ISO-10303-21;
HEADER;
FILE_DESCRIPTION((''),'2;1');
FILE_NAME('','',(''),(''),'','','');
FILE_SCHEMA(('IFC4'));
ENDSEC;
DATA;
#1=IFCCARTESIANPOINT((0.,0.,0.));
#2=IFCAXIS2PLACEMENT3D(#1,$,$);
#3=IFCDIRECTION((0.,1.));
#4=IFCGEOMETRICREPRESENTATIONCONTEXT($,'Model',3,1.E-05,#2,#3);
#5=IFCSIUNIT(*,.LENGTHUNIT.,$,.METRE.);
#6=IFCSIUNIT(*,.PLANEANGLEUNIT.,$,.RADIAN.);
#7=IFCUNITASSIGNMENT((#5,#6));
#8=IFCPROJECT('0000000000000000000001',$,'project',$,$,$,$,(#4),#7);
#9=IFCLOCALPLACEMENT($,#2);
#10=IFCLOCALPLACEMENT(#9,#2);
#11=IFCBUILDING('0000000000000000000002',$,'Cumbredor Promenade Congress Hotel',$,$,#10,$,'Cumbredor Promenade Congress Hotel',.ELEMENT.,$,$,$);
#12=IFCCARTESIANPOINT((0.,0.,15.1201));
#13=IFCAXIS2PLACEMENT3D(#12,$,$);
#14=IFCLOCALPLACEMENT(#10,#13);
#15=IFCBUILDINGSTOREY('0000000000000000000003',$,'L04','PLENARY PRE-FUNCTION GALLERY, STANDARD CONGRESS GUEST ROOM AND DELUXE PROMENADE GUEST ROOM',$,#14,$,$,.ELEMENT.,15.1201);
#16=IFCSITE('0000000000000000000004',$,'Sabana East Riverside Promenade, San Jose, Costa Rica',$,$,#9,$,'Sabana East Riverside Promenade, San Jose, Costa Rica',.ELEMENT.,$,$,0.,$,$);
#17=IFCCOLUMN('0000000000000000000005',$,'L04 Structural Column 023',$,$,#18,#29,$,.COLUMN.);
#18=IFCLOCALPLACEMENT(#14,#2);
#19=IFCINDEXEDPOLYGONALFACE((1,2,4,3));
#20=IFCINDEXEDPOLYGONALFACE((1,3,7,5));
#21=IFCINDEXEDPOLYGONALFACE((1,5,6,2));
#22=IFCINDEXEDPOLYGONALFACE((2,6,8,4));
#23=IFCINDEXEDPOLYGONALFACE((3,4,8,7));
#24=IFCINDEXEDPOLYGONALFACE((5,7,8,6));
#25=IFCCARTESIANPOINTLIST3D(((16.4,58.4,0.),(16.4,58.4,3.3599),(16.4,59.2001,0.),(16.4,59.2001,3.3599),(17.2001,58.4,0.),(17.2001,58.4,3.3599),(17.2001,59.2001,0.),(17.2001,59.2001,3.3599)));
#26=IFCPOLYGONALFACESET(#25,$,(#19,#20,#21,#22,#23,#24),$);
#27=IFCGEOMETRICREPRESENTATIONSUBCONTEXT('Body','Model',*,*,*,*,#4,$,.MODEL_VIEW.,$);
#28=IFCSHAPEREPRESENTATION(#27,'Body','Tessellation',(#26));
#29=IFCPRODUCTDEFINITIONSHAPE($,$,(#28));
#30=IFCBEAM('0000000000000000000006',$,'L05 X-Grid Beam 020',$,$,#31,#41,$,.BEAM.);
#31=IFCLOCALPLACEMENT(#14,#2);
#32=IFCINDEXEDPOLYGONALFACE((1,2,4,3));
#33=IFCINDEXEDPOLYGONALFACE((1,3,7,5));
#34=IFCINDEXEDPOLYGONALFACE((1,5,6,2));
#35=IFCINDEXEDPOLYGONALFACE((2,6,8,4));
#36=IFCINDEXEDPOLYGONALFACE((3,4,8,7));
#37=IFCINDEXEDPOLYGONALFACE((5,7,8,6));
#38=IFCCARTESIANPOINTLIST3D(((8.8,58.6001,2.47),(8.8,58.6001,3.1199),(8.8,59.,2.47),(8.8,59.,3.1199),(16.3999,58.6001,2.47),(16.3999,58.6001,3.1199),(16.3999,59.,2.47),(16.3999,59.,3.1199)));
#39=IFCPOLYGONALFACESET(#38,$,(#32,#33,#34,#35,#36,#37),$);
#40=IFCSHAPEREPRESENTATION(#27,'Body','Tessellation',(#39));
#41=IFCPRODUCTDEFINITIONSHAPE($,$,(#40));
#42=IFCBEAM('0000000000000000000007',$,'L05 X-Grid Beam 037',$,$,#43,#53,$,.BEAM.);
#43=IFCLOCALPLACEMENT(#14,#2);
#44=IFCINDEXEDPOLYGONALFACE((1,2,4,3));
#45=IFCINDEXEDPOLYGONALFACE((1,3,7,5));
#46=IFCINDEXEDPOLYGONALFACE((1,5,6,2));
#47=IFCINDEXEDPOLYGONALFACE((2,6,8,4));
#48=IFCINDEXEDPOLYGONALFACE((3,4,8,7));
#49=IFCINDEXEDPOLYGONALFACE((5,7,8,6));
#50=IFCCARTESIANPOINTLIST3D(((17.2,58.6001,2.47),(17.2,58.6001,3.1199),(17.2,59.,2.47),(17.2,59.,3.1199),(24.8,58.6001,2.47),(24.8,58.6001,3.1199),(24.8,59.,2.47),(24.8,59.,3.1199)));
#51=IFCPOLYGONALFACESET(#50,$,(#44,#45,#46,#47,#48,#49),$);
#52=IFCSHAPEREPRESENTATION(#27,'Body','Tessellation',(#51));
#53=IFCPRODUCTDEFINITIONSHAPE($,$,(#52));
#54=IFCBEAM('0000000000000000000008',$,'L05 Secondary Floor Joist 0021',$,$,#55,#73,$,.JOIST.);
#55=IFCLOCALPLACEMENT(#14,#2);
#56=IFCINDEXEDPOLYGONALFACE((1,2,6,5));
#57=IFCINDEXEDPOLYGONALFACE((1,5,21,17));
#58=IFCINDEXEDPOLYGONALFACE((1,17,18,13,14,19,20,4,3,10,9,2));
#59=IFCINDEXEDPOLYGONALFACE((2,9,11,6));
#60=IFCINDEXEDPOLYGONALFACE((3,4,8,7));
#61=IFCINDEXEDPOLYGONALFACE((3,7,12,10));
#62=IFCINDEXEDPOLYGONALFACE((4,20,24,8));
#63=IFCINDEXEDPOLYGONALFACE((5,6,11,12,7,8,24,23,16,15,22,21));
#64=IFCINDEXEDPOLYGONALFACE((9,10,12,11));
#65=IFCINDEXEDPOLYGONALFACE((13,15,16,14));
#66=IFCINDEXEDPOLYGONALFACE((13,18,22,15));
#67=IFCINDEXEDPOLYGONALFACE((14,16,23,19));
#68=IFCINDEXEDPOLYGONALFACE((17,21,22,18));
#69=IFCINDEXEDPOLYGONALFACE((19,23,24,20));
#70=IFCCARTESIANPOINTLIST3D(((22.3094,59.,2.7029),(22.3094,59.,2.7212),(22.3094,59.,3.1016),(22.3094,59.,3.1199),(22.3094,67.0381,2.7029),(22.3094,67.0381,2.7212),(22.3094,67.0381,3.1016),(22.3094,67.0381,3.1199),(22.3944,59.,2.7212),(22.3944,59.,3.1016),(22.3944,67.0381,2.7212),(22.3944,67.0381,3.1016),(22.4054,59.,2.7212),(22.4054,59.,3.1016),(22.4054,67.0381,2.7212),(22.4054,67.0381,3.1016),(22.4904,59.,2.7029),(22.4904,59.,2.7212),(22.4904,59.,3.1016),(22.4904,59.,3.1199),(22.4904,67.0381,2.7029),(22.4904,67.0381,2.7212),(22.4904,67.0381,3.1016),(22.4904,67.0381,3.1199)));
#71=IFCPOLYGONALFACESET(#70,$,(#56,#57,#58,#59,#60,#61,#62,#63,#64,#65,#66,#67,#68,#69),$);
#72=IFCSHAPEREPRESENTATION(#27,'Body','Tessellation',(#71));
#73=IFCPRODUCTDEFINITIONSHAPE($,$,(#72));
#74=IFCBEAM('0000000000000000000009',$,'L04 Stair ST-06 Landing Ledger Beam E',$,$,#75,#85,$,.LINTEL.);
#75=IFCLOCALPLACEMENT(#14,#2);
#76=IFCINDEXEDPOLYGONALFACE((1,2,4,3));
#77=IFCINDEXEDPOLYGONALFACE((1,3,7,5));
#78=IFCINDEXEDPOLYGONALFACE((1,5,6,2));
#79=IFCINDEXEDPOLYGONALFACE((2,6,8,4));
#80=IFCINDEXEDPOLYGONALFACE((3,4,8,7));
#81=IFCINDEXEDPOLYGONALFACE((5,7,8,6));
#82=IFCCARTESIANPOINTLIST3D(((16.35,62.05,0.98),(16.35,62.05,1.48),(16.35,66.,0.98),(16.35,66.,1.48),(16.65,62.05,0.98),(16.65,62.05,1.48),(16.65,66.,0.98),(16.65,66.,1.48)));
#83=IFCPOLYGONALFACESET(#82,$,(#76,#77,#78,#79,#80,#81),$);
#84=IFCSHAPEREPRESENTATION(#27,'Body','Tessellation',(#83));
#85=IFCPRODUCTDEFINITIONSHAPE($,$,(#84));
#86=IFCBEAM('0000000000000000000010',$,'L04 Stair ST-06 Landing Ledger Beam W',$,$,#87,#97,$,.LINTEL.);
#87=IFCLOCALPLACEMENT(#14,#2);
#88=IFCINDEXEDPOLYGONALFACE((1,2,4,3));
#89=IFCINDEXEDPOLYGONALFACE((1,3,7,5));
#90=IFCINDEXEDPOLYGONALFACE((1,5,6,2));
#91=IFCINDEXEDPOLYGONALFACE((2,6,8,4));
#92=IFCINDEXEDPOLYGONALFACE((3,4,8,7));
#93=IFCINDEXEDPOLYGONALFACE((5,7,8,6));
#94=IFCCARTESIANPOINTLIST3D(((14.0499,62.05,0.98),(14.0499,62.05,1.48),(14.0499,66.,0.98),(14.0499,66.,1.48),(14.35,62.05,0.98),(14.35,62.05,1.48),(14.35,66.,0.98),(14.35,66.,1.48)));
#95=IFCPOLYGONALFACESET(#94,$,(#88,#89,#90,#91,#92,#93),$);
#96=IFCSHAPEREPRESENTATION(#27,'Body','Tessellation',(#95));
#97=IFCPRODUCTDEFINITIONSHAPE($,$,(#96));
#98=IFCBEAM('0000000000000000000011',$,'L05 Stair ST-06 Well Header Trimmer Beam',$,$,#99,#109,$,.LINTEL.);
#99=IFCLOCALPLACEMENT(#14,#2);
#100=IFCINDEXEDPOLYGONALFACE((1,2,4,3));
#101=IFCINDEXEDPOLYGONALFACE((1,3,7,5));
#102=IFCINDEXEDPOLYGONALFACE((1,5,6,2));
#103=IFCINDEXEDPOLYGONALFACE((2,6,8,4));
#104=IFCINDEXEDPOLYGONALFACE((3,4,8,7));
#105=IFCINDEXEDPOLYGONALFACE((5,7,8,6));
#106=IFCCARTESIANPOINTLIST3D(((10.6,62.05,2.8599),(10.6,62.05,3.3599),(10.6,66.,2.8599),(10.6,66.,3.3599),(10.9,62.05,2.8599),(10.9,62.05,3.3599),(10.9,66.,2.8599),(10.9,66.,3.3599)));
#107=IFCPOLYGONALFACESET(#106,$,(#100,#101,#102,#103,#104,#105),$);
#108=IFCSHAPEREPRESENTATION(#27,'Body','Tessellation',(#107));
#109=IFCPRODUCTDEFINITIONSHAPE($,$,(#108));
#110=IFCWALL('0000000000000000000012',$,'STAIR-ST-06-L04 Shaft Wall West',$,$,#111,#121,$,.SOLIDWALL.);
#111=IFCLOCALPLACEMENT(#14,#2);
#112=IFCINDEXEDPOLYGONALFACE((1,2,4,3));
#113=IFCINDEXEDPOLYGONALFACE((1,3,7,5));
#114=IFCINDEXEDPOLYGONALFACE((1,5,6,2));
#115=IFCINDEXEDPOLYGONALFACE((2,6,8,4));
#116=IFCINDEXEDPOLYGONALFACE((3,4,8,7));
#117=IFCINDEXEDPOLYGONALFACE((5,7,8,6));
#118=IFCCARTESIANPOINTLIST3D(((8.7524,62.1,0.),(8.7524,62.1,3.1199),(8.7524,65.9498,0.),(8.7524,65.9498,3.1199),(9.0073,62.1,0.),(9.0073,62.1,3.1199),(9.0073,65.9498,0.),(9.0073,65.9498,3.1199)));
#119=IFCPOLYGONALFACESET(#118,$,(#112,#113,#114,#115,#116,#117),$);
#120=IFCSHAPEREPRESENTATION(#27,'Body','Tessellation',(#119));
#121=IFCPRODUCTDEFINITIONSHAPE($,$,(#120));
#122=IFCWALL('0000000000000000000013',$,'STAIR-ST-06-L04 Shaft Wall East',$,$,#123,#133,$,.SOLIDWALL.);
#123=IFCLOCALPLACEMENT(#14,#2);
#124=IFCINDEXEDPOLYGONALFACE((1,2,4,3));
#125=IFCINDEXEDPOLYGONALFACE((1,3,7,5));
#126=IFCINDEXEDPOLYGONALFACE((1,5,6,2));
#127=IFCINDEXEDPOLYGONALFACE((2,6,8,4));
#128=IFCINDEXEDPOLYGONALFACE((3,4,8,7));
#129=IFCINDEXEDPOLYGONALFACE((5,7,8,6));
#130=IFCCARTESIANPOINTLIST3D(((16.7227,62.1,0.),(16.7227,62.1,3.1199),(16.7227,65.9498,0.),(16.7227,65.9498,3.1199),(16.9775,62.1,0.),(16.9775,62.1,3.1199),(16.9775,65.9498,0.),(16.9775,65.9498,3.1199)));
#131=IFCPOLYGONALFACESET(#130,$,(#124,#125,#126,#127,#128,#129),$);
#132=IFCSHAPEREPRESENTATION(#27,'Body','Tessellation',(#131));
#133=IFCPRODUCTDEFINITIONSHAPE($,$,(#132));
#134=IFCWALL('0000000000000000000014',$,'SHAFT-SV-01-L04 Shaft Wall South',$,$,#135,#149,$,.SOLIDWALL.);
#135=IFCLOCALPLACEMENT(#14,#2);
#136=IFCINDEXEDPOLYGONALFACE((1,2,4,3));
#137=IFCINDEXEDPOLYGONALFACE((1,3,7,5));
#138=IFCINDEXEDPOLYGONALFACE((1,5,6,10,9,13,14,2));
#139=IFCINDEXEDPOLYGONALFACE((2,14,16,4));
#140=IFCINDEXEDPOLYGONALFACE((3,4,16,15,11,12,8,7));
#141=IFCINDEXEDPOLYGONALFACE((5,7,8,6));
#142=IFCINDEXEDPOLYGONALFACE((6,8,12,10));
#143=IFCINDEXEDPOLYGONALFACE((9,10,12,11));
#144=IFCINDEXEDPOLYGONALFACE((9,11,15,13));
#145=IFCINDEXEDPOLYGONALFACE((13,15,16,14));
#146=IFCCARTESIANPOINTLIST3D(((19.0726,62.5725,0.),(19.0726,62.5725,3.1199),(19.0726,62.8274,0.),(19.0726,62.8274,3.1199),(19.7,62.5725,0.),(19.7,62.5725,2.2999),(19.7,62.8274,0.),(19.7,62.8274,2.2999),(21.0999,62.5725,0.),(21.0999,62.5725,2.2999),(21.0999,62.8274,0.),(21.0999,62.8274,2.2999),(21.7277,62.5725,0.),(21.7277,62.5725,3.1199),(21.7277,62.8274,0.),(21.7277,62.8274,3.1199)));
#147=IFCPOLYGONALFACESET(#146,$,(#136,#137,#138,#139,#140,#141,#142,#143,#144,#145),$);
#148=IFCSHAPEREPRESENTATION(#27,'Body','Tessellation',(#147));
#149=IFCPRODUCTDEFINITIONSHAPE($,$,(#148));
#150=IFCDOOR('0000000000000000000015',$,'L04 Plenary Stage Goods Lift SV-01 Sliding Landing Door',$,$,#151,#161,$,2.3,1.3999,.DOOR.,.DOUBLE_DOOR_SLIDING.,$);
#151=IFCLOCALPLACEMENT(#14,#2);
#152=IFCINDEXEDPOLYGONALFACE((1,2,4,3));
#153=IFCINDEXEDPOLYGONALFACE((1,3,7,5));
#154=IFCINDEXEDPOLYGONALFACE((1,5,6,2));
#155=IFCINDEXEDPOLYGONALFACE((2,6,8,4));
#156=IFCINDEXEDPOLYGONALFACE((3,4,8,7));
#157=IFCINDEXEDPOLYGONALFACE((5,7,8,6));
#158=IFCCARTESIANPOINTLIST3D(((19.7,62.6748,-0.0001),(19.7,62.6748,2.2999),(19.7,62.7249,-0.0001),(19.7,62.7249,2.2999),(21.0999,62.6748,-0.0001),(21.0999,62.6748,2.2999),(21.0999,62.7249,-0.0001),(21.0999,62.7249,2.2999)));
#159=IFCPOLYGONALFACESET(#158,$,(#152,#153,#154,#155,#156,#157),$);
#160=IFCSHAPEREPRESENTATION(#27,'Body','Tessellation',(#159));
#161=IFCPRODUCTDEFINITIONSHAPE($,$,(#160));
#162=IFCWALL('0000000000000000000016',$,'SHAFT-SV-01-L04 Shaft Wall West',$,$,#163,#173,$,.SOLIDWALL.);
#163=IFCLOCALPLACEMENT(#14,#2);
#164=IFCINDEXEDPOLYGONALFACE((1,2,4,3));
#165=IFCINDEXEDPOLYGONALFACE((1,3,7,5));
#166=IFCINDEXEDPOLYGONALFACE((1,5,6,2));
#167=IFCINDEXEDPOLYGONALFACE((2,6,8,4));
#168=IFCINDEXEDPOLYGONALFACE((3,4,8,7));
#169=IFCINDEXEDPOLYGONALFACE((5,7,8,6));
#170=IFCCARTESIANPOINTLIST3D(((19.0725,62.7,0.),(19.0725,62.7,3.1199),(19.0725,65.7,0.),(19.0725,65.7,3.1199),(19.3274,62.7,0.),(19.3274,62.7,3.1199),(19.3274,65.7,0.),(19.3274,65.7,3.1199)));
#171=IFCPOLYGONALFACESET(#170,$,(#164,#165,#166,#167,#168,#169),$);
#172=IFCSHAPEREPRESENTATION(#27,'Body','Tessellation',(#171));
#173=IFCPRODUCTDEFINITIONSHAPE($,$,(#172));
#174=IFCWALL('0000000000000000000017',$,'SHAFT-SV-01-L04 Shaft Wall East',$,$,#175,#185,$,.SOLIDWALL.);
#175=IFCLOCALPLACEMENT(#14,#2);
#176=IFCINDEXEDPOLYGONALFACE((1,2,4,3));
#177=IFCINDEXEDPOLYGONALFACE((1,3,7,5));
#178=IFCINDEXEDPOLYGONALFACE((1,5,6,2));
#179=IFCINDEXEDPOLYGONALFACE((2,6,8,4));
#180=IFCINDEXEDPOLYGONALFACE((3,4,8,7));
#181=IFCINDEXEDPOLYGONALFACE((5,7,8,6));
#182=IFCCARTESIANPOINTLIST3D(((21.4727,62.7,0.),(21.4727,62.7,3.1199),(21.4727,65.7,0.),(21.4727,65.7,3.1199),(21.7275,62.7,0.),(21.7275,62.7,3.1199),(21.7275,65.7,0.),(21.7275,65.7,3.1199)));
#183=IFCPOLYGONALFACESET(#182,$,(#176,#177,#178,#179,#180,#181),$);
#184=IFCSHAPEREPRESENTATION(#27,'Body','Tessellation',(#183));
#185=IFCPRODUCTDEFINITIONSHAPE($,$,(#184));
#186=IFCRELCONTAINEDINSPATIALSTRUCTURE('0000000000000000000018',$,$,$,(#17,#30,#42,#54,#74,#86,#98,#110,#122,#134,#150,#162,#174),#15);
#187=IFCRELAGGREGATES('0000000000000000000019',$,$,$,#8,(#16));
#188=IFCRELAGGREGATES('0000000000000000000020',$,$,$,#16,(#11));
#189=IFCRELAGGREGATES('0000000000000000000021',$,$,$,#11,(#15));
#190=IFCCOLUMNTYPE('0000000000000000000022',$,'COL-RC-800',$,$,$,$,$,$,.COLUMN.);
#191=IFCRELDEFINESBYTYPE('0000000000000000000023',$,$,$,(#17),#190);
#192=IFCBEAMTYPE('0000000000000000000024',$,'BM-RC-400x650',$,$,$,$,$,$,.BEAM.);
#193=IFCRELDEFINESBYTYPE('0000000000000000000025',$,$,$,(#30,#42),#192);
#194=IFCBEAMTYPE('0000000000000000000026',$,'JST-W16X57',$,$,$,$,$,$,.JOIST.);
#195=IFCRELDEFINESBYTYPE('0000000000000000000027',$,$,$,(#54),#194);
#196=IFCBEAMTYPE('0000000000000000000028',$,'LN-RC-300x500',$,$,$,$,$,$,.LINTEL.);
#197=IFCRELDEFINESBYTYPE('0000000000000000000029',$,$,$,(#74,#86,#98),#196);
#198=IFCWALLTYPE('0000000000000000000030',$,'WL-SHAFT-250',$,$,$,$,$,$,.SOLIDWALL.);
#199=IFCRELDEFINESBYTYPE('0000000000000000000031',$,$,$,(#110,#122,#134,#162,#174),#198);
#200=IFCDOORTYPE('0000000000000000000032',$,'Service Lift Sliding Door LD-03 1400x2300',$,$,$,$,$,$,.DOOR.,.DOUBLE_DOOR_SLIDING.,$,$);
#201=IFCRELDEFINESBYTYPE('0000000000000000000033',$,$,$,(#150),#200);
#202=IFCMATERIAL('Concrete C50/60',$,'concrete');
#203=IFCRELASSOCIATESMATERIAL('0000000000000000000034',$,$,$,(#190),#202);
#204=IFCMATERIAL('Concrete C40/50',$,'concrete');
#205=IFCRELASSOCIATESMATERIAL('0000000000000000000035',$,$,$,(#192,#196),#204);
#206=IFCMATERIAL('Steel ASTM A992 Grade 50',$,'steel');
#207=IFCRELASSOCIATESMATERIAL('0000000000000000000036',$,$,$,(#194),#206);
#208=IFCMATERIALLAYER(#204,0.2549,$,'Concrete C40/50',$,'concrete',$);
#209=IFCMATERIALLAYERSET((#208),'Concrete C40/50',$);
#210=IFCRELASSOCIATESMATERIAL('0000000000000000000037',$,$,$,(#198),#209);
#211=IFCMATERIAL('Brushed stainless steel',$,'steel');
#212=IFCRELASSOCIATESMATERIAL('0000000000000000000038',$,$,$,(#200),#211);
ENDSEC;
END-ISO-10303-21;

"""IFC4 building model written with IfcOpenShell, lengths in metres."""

from ifc_helpers import new_model, si_unit, direction, frame, frame_2d, origin, origin_2d, place, context, subcontext, project, spatial, rectangle, i_section, extrude, material, layer, layer_set, material_profile, profile_set, type_object, element, fill, save


model = new_model("IFC4")

# Units and contexts
model_context = context("Model", 3, precision=1e-05, world=origin(), true_north=direction((0.0, 1.0)))
body_context = subcontext(model_context, "Body", "Model", "MODEL_VIEW")
ifc_project = project(units=[si_unit("LENGTHUNIT", "METRE"), si_unit("PLANEANGLEUNIT", "RADIAN")], contexts=[model_context])

# Site, building, storey
site_placement = place(None, origin())
site = spatial("IfcSite", under=ifc_project, at=site_placement, Name="Sabana East Riverside Promenade, San Jose, Costa Rica", LongName="Sabana East Riverside Promenade, San Jose, Costa Rica", CompositionType="ELEMENT", RefElevation=0.0)
building_placement = place(site_placement, origin())
building = spatial("IfcBuilding", under=site, at=building_placement, Name="Cumbredor Promenade Congress Hotel", LongName="Cumbredor Promenade Congress Hotel", CompositionType="ELEMENT")
storey_placement = place(building_placement, frame((0.0, 0.0, 15.1201)))
storey = spatial("IfcBuildingStorey", under=building, at=storey_placement, Name="L04", Description="PLENARY PRE-FUNCTION GALLERY, STANDARD CONGRESS GUEST ROOM AND DELUXE PROMENADE GUEST ROOM", CompositionType="ELEMENT", Elevation=15.1201)

# Column
ifc_material_1 = material(Name="Concrete C50/60", Category="concrete")
ifc_material_profile_1 = material_profile(ifc_material_1, rectangle(XDim=0.8, YDim=0.8, at=origin_2d()), Name="RC 800x800")
ifc_profile_set_1 = profile_set([ifc_material_profile_1], Name="Concrete C50/60")
column_type = type_object("IfcColumnType", Name="COL-RC-800", PredefinedType="COLUMN", material=ifc_profile_set_1)
column_placement = place(storey_placement, frame((16.8, 58.8, 0.0), z_axis=(0.0, 0.0, 1.0), x_axis=(1.0, 0.0, 0.0)))
element("IfcColumn", 1, at=column_placement, inside=storey, type_object=column_type, Name="L04 Structural Column 023", PredefinedType="COLUMN", context=body_context, shape_type="SweptSolid", body=[
    extrude(rectangle(XDim=0.8, YDim=0.8, at=origin_2d()), origin(), (0.0, 0.0, 1.0), 3.3599),
])

# Beams
ifc_material_2 = material(Name="Concrete C40/50", Category="concrete")
ifc_material_profile_2 = material_profile(ifc_material_2, rectangle(XDim=0.3999, YDim=0.6499, at=origin_2d()), Name="RC BEAM 400x650")
ifc_profile_set_2 = profile_set([ifc_material_profile_2], Name="Concrete C40/50")
beam_type_1 = type_object("IfcBeamType", Name="BM-RC-400x650", PredefinedType="BEAM", material=ifc_profile_set_2)
beam_1_placement = place(storey_placement, frame((8.8, 58.8, 2.7949), z_axis=(1.0, 0.0, 0.0), x_axis=(0.0, 1.0, 0.0)))
element("IfcBeam", 2, at=beam_1_placement, inside=storey, type_object=beam_type_1, Name="L05 X-Grid Beam 020", PredefinedType="BEAM", context=body_context, shape_type="SweptSolid", body=[
    extrude(rectangle(XDim=0.3999, YDim=0.6499, at=origin_2d()), origin(), (0.0, 0.0, 1.0), 7.5999),
])
beam_2_placement = place(storey_placement, frame((17.2, 58.8, 2.7949), z_axis=(1.0, 0.0, 0.0), x_axis=(0.0, 1.0, 0.0)))
element("IfcBeam", 3, at=beam_2_placement, inside=storey, type_object=beam_type_1, Name="L05 X-Grid Beam 037", PredefinedType="BEAM", context=body_context, shape_type="SweptSolid", body=[
    extrude(rectangle(XDim=0.3999, YDim=0.6499, at=origin_2d()), origin(), (0.0, 0.0, 1.0), 7.6001),
])
ifc_material_3 = material(Name="Steel ASTM A992 Grade 50", Category="steel")
ifc_material_profile_3 = material_profile(ifc_material_3, i_section(OverallWidth=0.1809, OverallDepth=0.417, WebThickness=0.011, FlangeThickness=0.0183, at=origin_2d()), Name="W16X57")
ifc_profile_set_3 = profile_set([ifc_material_profile_3], Name="Steel ASTM A992 Grade 50")
beam_type_2 = type_object("IfcBeamType", Name="JST-W16X57", PredefinedType="JOIST", material=ifc_profile_set_3)
beam_3_placement = place(storey_placement, frame((22.3999, 59.0, 2.9114), z_axis=(0.0, 1.0, 0.0), x_axis=(-1.0, 0.0, 0.0)))
element("IfcBeam", 4, at=beam_3_placement, inside=storey, type_object=beam_type_2, Name="L05 Secondary Floor Joist 0021", PredefinedType="JOIST", context=body_context, shape_type="SweptSolid", body=[
    extrude(i_section(OverallWidth=0.1809, OverallDepth=0.417, WebThickness=0.011, FlangeThickness=0.0183, at=origin_2d()), origin(), (0.0, 0.0, 1.0), 8.0381),
])
ifc_material_profile_4 = material_profile(ifc_material_2, rectangle(XDim=0.3, YDim=0.5, at=origin_2d()), Name="RC LINTEL 300x500")
ifc_profile_set_4 = profile_set([ifc_material_profile_4], Name="Concrete C40/50")
beam_type_3 = type_object("IfcBeamType", Name="LN-RC-300x500", PredefinedType="LINTEL", material=ifc_profile_set_4)
for number, where, z_axis, x_axis, name in (
    (5, (16.5, 62.05, 1.23), (0.0, 1.0, 0.0), (-1.0, 0.0, 0.0), "L04 Stair ST-06 Landing Ledger Beam E"),
    (6, (14.2, 62.05, 1.23), (0.0, 1.0, 0.0), (-1.0, 0.0, 0.0), "L04 Stair ST-06 Landing Ledger Beam W"),
    (7, (10.75, 62.05, 3.1099), (0.0, 1.0, 0.0), (-1.0, 0.0, 0.0), "L05 Stair ST-06 Well Header Trimmer Beam"),
):
    element("IfcBeam", number, at=place(storey_placement, frame(where, z_axis=z_axis, x_axis=x_axis)), inside=storey, type_object=beam_type_3, Name=name, PredefinedType="LINTEL", context=body_context, shape_type="SweptSolid", body=[
        extrude(rectangle(XDim=0.3, YDim=0.5, at=origin_2d()), origin(), (0.0, 0.0, 1.0), 3.95),
    ])

# Walls
ifc_layer = layer(ifc_material_2, 0.2549, Name="Concrete C40/50", Category="concrete")
ifc_layer_set = layer_set([ifc_layer], Name="Concrete C40/50")
wall_type = type_object("IfcWallType", Name="WL-SHAFT-250", PredefinedType="SOLIDWALL", material=ifc_layer_set)
for number, where, z_axis, x_axis, name in (
    (8, (8.8799, 62.1001, 0.0), (0.0, 0.0, 1.0), (0.0, 1.0, 0.0), "STAIR-ST-06-L04 Shaft Wall West"),
    (9, (16.8501, 62.1001, 0.0), (0.0, 0.0, 1.0), (0.0, 1.0, 0.0), "STAIR-ST-06-L04 Shaft Wall East"),
):
    element("IfcWall", number, at=place(storey_placement, frame(where, z_axis=z_axis, x_axis=x_axis)), inside=storey, type_object=wall_type, Name=name, PredefinedType="SOLIDWALL", context=body_context, shape_type="SweptSolid", body=[
        extrude(rectangle(XDim=3.8499, YDim=0.2549, at=frame_2d((1.9248, 0.0))), origin(), (0.0, 0.0, 1.0), 3.1199),
    ])

# Wall, opening, door
wall_placement = place(storey_placement, frame((19.0725, 62.7, 0.0), z_axis=(0.0, 0.0, 1.0), x_axis=(1.0, 0.0, 0.0)))
wall = element("IfcWall", 10, at=wall_placement, inside=storey, type_object=wall_type, Name="SHAFT-SV-01-L04 Shaft Wall South", PredefinedType="SOLIDWALL", context=body_context, shape_type="SweptSolid", body=[
    extrude(rectangle(XDim=2.655, YDim=0.2549, at=frame_2d((1.3276, 0.0))), origin(), (0.0, 0.0, 1.0), 3.1199),
])
opening_placement = place(wall_placement, frame((0.6274, 0.0, 0.0)))
opening = element("IfcOpeningElement", 11, at=opening_placement, cuts=wall, PredefinedType="OPENING", context=body_context, shape_type="SweptSolid", body=[
    extrude(rectangle(XDim=1.3999, YDim=2.3, at=frame_2d((0.7, 1.1499))), frame((0.0, 0.1375, 0.0), z_axis=(0.0, -1.0, 0.0), x_axis=(1.0, 0.0, 0.0)), (0.0, 0.0, 1.0), 0.2749),
])
ifc_material_4 = material(Name="Brushed stainless steel", Category="steel")
door_type = type_object("IfcDoorType", Name="Service Lift Sliding Door LD-03 1400x2300", OperationType="DOUBLE_DOOR_SLIDING", PredefinedType="DOOR", material=ifc_material_4)
door_placement = place(opening_placement, origin())
door = element("IfcDoor", 12, at=door_placement, inside=storey, type_object=door_type, Name="L04 Plenary Stage Goods Lift SV-01 Sliding Landing Door", OperationType="DOUBLE_DOOR_SLIDING", OverallHeight=2.3, OverallWidth=1.3999, PredefinedType="DOOR", context=body_context, shape_type="SweptSolid", body=[
    extrude(rectangle(XDim=1.3999, YDim=2.3, at=frame_2d((0.7, 1.1499))), frame((0.0, 0.0249, 0.0), z_axis=(0.0, -1.0, 0.0), x_axis=(1.0, 0.0, 0.0)), (0.0, 0.0, 1.0), 0.05),
])
fill(opening, door)

# Walls
for number, where, z_axis, x_axis, name in (
    (13, (19.2, 62.7, 0.0), (0.0, 0.0, 1.0), (0.0, 1.0, 0.0), "SHAFT-SV-01-L04 Shaft Wall West"),
    (14, (21.6001, 62.7, 0.0), (0.0, 0.0, 1.0), (0.0, 1.0, 0.0), "SHAFT-SV-01-L04 Shaft Wall East"),
):
    element("IfcWall", number, at=place(storey_placement, frame(where, z_axis=z_axis, x_axis=x_axis)), inside=storey, type_object=wall_type, Name=name, PredefinedType="SOLIDWALL", context=body_context, shape_type="SweptSolid", body=[
        extrude(rectangle(XDim=3.0, YDim=0.2549, at=frame_2d((1.5, 0.0))), origin(), (0.0, 0.0, 1.0), 3.1199),
    ])

save(model, "model.ifc")
